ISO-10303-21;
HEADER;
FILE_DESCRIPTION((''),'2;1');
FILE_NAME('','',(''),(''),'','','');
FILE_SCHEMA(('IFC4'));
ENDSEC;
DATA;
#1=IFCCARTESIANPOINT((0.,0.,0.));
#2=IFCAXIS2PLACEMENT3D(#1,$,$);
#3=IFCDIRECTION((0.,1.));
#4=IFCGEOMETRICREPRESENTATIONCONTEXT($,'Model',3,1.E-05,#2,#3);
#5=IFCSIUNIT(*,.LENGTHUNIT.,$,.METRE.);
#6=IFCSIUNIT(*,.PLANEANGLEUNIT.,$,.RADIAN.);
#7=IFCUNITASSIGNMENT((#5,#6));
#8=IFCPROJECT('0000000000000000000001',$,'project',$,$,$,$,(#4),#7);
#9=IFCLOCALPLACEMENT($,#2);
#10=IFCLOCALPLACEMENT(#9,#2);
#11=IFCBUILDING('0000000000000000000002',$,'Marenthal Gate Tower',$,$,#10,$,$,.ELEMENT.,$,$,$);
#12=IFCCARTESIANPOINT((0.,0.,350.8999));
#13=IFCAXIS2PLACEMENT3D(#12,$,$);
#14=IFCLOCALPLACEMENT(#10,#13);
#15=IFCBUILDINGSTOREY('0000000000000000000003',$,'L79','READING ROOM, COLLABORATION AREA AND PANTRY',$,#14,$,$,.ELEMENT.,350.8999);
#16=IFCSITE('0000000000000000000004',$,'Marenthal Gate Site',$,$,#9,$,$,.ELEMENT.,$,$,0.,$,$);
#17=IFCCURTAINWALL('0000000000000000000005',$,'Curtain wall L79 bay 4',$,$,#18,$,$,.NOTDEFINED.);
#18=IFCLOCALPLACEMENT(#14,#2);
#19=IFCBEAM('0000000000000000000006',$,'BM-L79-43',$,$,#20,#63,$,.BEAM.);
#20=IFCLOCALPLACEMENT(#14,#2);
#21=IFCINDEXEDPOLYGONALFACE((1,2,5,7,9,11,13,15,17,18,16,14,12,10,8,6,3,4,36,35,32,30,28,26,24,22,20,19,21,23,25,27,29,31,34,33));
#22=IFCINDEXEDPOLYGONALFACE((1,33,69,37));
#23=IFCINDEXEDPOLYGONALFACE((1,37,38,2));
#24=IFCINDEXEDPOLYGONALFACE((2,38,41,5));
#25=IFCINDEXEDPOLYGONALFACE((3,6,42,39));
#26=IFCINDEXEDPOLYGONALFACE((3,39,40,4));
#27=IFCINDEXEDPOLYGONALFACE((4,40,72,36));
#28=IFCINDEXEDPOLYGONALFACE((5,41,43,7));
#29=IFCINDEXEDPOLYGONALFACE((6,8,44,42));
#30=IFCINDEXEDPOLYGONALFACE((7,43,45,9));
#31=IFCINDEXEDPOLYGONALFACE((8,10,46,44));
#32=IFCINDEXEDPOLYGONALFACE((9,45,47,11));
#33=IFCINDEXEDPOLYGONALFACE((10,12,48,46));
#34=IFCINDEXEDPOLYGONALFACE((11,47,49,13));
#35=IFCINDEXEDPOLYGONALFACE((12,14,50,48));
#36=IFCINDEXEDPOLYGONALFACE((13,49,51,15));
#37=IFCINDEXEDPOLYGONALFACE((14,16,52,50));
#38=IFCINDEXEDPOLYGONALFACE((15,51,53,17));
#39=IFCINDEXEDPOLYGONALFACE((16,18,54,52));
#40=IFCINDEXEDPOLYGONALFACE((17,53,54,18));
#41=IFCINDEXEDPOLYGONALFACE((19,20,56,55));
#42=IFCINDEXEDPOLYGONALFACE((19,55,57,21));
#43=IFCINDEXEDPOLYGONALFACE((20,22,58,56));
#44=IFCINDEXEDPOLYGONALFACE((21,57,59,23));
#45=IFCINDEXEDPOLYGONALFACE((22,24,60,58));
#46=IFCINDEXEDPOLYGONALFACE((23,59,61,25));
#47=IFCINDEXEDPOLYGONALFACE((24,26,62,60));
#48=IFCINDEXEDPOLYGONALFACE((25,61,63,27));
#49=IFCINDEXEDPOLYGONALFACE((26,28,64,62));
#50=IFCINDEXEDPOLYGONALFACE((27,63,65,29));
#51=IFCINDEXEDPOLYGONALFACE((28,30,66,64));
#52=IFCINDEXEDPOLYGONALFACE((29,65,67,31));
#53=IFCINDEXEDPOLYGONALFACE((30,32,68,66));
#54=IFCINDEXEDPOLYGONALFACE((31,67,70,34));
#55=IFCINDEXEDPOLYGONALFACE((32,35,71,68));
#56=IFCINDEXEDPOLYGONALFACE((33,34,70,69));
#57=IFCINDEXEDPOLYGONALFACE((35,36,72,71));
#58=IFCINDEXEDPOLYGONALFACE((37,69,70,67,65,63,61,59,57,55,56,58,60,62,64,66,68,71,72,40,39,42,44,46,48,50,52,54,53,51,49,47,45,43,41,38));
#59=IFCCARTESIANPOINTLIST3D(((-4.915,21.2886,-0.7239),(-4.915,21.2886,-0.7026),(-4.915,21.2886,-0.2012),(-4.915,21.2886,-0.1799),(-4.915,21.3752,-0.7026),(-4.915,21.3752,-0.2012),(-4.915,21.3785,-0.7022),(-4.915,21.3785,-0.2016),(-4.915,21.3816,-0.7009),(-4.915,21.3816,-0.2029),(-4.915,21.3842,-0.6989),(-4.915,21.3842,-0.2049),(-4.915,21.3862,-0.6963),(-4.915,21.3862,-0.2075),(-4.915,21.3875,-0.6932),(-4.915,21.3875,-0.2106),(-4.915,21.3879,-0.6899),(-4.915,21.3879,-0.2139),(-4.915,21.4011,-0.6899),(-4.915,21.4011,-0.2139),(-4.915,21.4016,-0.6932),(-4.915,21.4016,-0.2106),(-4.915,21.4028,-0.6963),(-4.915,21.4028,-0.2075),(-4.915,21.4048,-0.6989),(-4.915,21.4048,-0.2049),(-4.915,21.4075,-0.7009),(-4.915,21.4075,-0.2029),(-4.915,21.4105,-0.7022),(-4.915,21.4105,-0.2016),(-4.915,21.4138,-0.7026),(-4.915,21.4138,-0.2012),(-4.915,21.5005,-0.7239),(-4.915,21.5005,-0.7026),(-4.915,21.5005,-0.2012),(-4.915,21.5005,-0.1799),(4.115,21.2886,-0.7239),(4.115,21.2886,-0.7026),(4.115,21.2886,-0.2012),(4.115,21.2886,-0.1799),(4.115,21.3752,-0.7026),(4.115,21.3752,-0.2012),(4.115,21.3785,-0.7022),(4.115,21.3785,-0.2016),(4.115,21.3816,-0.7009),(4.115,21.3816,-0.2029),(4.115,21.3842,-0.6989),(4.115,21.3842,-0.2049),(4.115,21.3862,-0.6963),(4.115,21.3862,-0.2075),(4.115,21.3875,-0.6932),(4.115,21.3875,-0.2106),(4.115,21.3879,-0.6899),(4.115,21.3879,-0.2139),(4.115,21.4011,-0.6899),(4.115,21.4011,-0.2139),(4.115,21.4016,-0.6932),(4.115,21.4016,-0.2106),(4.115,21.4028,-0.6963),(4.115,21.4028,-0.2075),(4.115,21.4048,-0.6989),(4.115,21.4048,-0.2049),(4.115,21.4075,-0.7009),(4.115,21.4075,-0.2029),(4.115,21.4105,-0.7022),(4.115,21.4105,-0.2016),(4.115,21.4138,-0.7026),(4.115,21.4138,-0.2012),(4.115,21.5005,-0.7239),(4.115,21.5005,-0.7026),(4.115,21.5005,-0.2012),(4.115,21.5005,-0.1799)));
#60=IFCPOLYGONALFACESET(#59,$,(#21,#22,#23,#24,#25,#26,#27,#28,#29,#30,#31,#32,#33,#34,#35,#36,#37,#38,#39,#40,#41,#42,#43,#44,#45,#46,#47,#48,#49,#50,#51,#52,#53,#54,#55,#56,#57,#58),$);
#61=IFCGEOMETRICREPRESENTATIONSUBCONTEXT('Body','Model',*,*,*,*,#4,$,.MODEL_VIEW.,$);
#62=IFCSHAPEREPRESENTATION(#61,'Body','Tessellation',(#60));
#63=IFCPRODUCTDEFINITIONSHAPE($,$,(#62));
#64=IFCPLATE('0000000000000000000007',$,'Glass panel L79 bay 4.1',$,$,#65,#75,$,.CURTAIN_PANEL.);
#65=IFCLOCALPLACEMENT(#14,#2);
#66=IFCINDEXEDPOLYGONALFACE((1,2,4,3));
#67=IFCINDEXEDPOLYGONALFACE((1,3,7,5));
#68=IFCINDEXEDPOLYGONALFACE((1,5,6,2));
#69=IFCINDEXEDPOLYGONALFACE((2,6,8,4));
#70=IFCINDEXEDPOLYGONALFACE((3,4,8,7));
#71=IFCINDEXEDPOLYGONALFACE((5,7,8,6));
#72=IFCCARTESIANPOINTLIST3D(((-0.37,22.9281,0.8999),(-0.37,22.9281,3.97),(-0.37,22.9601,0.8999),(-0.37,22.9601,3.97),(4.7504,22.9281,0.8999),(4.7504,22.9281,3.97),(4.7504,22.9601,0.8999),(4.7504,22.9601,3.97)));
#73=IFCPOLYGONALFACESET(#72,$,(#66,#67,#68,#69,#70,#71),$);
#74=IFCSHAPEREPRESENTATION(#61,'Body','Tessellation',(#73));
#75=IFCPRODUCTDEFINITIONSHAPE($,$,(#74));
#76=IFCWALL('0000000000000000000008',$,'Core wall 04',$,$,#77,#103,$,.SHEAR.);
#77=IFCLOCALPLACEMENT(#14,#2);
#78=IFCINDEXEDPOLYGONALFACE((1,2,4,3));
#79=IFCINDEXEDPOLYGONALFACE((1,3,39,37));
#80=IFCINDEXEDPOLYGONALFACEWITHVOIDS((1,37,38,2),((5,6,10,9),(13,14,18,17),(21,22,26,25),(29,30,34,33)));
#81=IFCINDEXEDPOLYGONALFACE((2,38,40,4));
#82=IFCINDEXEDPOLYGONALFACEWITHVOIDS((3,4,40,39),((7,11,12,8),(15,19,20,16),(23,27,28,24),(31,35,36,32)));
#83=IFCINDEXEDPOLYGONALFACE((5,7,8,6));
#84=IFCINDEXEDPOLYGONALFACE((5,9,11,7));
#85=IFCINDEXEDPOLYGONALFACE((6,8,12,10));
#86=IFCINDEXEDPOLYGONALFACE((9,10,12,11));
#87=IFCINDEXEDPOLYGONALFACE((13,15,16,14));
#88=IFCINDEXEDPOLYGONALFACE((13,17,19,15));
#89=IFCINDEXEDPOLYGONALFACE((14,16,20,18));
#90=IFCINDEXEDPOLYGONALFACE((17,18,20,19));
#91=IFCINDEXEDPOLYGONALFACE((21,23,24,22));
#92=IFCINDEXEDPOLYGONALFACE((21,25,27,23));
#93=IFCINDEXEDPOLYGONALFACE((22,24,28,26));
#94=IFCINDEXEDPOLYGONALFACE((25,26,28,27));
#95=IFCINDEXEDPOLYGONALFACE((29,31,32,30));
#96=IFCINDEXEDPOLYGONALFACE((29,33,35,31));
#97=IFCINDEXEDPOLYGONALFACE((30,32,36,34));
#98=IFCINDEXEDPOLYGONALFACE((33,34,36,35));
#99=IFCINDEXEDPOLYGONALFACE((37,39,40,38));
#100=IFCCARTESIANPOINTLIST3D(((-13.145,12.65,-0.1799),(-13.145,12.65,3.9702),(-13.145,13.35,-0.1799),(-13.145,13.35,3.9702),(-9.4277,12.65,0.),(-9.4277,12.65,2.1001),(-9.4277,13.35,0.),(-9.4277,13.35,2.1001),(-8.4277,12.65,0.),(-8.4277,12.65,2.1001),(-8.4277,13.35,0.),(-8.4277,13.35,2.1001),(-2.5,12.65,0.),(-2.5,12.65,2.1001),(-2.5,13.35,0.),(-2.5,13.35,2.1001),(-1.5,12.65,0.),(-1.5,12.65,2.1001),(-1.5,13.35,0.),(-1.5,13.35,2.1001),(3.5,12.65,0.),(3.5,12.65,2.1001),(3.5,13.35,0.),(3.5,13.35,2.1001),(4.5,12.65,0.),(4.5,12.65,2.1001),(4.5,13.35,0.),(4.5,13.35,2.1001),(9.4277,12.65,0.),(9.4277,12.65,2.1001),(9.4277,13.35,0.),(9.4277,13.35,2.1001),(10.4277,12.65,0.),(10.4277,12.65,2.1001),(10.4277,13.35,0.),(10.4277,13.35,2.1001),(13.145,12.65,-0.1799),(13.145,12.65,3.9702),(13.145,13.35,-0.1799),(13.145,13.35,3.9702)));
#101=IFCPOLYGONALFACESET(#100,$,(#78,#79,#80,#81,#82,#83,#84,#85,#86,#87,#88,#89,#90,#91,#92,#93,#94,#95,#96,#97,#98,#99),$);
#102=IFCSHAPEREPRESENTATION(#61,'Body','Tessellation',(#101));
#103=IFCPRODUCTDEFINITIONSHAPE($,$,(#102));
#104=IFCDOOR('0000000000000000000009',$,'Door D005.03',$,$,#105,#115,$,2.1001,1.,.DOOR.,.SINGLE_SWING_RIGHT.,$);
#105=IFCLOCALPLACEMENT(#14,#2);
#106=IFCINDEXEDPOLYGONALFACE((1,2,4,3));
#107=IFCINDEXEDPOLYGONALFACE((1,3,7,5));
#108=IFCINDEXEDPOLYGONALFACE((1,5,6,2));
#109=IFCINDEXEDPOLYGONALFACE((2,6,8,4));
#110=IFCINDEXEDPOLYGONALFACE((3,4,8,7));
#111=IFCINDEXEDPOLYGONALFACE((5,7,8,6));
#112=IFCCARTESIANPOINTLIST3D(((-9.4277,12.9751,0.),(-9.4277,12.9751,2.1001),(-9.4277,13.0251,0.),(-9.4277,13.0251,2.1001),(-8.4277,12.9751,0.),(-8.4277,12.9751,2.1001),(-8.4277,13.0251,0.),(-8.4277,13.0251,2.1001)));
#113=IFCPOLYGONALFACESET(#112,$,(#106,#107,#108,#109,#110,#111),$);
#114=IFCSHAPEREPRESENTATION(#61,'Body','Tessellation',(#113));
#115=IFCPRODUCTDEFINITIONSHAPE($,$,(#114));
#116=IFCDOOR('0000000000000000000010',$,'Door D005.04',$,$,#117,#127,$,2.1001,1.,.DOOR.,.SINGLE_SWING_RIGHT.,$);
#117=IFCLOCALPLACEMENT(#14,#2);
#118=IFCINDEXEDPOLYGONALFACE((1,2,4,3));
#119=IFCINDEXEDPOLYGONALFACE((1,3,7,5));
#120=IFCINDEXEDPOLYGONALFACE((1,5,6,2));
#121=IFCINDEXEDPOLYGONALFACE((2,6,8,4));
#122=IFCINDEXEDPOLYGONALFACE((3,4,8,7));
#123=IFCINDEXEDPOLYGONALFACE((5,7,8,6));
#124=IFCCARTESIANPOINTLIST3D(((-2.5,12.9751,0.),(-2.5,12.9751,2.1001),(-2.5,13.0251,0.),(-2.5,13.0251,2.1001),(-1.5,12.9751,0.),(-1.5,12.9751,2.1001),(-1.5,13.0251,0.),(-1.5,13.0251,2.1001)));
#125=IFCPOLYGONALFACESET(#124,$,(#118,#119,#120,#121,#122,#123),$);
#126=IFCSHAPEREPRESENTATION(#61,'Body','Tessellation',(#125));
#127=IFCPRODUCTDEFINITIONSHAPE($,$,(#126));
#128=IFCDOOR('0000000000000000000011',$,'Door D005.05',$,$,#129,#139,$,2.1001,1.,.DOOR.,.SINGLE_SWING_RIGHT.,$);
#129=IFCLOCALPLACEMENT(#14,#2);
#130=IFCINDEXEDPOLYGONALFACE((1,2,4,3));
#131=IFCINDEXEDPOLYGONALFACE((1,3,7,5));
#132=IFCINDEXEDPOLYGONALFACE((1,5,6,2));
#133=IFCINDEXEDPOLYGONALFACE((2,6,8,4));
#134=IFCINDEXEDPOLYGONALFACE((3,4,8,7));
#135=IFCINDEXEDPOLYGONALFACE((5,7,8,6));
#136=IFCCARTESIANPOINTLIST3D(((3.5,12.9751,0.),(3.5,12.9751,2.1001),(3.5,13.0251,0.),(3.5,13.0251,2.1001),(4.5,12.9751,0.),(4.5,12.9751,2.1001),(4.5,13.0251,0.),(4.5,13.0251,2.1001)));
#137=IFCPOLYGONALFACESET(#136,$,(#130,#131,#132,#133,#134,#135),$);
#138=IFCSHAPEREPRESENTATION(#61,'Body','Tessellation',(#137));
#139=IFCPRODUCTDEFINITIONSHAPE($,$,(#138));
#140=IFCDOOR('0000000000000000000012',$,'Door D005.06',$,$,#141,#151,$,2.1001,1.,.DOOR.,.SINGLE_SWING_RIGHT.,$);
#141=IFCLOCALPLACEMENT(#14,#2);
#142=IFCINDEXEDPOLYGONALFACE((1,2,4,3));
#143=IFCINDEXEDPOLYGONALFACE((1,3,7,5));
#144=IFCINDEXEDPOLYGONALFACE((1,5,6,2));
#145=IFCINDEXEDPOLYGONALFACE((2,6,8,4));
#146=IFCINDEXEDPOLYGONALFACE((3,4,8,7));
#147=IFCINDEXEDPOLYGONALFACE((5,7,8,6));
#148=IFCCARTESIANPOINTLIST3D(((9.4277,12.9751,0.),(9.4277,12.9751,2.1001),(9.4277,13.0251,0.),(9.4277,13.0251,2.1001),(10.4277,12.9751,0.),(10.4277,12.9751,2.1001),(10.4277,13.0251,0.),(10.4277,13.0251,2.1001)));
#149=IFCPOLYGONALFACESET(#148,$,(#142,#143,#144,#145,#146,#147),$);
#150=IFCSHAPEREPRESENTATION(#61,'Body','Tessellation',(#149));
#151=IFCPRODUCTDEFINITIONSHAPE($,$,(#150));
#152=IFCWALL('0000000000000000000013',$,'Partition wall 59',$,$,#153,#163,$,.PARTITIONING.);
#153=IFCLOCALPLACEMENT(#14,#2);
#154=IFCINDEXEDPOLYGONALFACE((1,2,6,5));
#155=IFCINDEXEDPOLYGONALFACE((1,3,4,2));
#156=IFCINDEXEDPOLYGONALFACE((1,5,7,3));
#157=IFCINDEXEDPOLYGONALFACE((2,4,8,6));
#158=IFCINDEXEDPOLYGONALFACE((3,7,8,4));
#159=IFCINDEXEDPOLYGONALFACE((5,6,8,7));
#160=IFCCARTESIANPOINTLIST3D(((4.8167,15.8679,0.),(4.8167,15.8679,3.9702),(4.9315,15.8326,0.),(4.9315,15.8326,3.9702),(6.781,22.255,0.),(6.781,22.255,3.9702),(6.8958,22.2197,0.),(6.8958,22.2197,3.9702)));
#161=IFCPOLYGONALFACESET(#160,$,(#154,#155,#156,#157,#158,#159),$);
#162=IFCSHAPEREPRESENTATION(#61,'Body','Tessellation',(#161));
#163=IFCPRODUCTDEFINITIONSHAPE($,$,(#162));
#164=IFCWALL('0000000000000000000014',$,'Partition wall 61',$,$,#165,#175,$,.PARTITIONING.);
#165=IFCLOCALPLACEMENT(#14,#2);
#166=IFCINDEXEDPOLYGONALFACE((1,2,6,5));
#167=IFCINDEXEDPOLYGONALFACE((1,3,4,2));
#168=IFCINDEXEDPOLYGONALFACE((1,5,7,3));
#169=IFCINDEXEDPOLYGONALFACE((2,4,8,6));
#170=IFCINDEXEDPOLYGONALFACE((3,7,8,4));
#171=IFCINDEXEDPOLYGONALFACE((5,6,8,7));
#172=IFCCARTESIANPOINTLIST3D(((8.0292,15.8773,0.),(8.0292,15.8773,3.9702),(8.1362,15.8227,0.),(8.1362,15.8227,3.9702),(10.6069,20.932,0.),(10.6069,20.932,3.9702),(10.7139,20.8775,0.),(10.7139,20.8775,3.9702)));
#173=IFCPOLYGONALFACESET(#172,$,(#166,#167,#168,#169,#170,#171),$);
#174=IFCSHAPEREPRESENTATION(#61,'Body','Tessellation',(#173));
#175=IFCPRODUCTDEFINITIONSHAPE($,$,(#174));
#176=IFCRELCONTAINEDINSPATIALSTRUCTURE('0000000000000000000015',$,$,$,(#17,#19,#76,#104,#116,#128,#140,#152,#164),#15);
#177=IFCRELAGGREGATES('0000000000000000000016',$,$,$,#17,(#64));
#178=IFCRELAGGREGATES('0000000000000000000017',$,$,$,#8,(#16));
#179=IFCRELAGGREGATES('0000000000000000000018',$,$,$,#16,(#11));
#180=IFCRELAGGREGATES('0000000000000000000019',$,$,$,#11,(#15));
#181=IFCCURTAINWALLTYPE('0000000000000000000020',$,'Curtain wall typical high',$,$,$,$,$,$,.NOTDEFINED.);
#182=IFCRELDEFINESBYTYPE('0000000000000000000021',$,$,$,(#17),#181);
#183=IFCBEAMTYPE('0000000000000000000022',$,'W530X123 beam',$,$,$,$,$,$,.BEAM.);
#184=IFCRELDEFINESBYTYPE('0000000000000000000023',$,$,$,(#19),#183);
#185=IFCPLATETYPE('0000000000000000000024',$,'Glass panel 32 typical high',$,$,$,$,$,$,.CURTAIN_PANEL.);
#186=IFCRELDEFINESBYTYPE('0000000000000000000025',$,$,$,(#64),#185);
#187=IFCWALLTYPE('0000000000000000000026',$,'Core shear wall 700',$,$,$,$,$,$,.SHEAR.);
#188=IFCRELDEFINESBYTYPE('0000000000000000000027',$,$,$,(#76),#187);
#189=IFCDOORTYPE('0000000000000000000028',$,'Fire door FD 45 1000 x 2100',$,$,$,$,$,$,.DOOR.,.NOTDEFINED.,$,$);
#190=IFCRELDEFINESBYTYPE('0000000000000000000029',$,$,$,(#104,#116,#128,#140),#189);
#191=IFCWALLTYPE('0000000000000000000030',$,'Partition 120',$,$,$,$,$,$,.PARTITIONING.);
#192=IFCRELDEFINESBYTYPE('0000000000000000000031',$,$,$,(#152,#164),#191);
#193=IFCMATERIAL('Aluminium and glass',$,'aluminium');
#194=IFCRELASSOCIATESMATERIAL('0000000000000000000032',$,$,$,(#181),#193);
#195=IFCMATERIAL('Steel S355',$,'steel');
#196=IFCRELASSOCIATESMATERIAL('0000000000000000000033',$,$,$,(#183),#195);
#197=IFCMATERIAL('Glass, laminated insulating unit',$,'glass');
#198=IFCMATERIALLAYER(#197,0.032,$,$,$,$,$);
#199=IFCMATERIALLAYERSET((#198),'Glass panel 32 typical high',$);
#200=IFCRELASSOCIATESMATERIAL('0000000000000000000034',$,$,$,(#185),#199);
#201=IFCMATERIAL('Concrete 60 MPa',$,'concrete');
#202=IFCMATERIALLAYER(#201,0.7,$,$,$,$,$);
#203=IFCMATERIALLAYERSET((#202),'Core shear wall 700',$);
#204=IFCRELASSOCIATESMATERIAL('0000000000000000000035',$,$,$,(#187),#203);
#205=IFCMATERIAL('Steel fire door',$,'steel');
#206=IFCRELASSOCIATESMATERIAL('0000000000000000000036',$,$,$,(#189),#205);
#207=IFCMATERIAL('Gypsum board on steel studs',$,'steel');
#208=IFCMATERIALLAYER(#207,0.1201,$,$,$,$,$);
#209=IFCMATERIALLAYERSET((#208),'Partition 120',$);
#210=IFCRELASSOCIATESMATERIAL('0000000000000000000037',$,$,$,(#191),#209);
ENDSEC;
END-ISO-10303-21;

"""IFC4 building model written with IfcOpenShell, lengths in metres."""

from ifc_helpers import new_model, si_unit, direction, frame, frame_2d, origin, origin_2d, place, context, subcontext, project, spatial, rectangle, i_section, extrude, material, layer, layer_set, material_profile, profile_set, type_object, element, fill, aggregate, save


model = new_model("IFC4")

# Units and contexts
model_context = context("Model", 3, precision=1e-05, world=origin(), true_north=direction((0.0, 1.0)))
body_context = subcontext(model_context, "Body", "Model", "MODEL_VIEW")
ifc_project = project(units=[si_unit("LENGTHUNIT", "METRE"), si_unit("PLANEANGLEUNIT", "RADIAN")], contexts=[model_context])

# Site, building, storey
site_placement = place(None, origin())
site = spatial("IfcSite", under=ifc_project, at=site_placement, Name="Marenthal Gate Site", CompositionType="ELEMENT", RefElevation=0.0)
building_placement = place(site_placement, origin())
building = spatial("IfcBuilding", under=site, at=building_placement, Name="Marenthal Gate Tower", CompositionType="ELEMENT")
storey_placement = place(building_placement, frame((0.0, 0.0, 350.8999)))
storey = spatial("IfcBuildingStorey", under=building, at=storey_placement, Name="L79", Description="READING ROOM, COLLABORATION AREA AND PANTRY", CompositionType="ELEMENT", Elevation=350.8999)

# Curtain wall
ifc_material_1 = material(Name="Aluminium and glass", Category="aluminium")
curtain_wall_type = type_object("IfcCurtainWallType", Name="Curtain wall typical high", PredefinedType="NOTDEFINED", material=ifc_material_1)
curtain_wall_placement = place(storey_placement, origin())
curtain_wall = element("IfcCurtainWall", 1, at=curtain_wall_placement, inside=storey, type_object=curtain_wall_type, Name="Curtain wall L79 bay 4", PredefinedType="NOTDEFINED")

# Beam
ifc_material_2 = material(Name="Steel S355", Category="steel")
ifc_material_profile_1 = material_profile(ifc_material_2, i_section(OverallWidth=0.2119, OverallDepth=0.5439, WebThickness=0.0132, FlangeThickness=0.0212, FilletRadius=0.0127, at=origin_2d()), Name="W530X123")
ifc_profile_set_1 = profile_set([ifc_material_profile_1], Name="Steel S355")
beam_type_1 = type_object("IfcBeamType", Name="W530X123 beam", PredefinedType="BEAM", material=ifc_profile_set_1)
beam_1_placement = place(storey_placement, frame((4.115, 21.3945, -0.4519), z_axis=(-1.0, 0.0, 0.0), x_axis=(0.0, -1.0, 0.0)))
element("IfcBeam", 2, at=beam_1_placement, inside=storey, type_object=beam_type_1, Name="BM-L79-43", PredefinedType="BEAM", context=body_context, shape_type="SweptSolid", body=[
    extrude(i_section(OverallWidth=0.2119, OverallDepth=0.5439, WebThickness=0.0132, FlangeThickness=0.0212, FilletRadius=0.0127, at=origin_2d()), origin(), (0.0, 0.0, 1.0), 9.03),
])

# Plate
ifc_material_3 = material(Name="Glass, laminated insulating unit", Category="glass")
ifc_layer_1 = layer(ifc_material_3, 0.032)
ifc_layer_set_1 = layer_set([ifc_layer_1], Name="Glass panel 32 typical high")
plate_type = type_object("IfcPlateType", Name="Glass panel 32 typical high", PredefinedType="CURTAIN_PANEL", material=ifc_layer_set_1)
plate_placement = place(storey_placement, frame((2.1902, 22.9441, 0.8999), z_axis=(0.0, 0.0, 1.0), x_axis=(-1.0, 0.0, 0.0)))
plate = element("IfcPlate", 3, at=plate_placement, type_object=plate_type, Name="Glass panel L79 bay 4.1", PredefinedType="CURTAIN_PANEL", context=body_context, shape_type="SweptSolid", body=[
    extrude(rectangle(XDim=5.1204, YDim=0.032, at=origin_2d()), origin(), (0.0, 0.0, 1.0), 3.0701),
])
aggregate(curtain_wall, [plate])

# Wall, openings, doors
ifc_material_4 = material(Name="Concrete 60 MPa", Category="concrete")
ifc_layer_2 = layer(ifc_material_4, 0.7)
ifc_layer_set_2 = layer_set([ifc_layer_2], Name="Core shear wall 700")
wall_type_1 = type_object("IfcWallType", Name="Core shear wall 700", PredefinedType="SHEAR", material=ifc_layer_set_2)
wall_1_placement = place(storey_placement, frame((13.145, 13.0, -0.1799), z_axis=(0.0, 0.0, 1.0), x_axis=(-1.0, 0.0, 0.0)))
wall_1 = element("IfcWall", 4, at=wall_1_placement, inside=storey, type_object=wall_type_1, Name="Core wall 04", PredefinedType="SHEAR", context=body_context, shape_type="SweptSolid", body=[
    extrude(rectangle(XDim=26.29, YDim=0.7, at=frame_2d((13.145, 0.0))), origin(), (0.0, 0.0, 1.0), 4.1501),
])
opening_1_placement = place(wall_1_placement, frame((21.5728, 0.0, 0.1799)))
opening_1 = element("IfcOpeningElement", 5, at=opening_1_placement, cuts=wall_1, PredefinedType="OPENING", context=body_context, shape_type="SweptSolid", body=[
    extrude(rectangle(XDim=1.0, YDim=2.1001, at=frame_2d((0.5, 1.05))), frame((0.0, 0.3599, 0.0), z_axis=(0.0, -1.0, 0.0), x_axis=(1.0, 0.0, 0.0)), (0.0, 0.0, 1.0), 0.72),
])
opening_2_placement = place(wall_1_placement, frame((14.645, 0.0, 0.1799)))
opening_2 = element("IfcOpeningElement", 6, at=opening_2_placement, cuts=wall_1, PredefinedType="OPENING", context=body_context, shape_type="SweptSolid", body=[
    extrude(rectangle(XDim=1.0, YDim=2.1001, at=frame_2d((0.5, 1.05))), frame((0.0, 0.3599, 0.0), z_axis=(0.0, -1.0, 0.0), x_axis=(1.0, 0.0, 0.0)), (0.0, 0.0, 1.0), 0.72),
])
opening_3_placement = place(wall_1_placement, frame((8.645, 0.0, 0.1799)))
opening_3 = element("IfcOpeningElement", 7, at=opening_3_placement, cuts=wall_1, PredefinedType="OPENING", context=body_context, shape_type="SweptSolid", body=[
    extrude(rectangle(XDim=1.0, YDim=2.1001, at=frame_2d((0.5, 1.05))), frame((0.0, 0.3599, 0.0), z_axis=(0.0, -1.0, 0.0), x_axis=(1.0, 0.0, 0.0)), (0.0, 0.0, 1.0), 0.72),
])
opening_4_placement = place(wall_1_placement, frame((2.7173, 0.0, 0.1799)))
opening_4 = element("IfcOpeningElement", 8, at=opening_4_placement, cuts=wall_1, PredefinedType="OPENING", context=body_context, shape_type="SweptSolid", body=[
    extrude(rectangle(XDim=1.0, YDim=2.1001, at=frame_2d((0.5, 1.05))), frame((0.0, 0.3599, 0.0), z_axis=(0.0, -1.0, 0.0), x_axis=(1.0, 0.0, 0.0)), (0.0, 0.0, 1.0), 0.72),
])
ifc_material_5 = material(Name="Steel fire door", Category="steel")
door_type = type_object("IfcDoorType", Name="Fire door FD 45 1000 x 2100", OperationType="NOTDEFINED", PredefinedType="DOOR", material=ifc_material_5)
door_1_placement = place(opening_1_placement, origin())
door_1 = element("IfcDoor", 9, at=door_1_placement, inside=storey, type_object=door_type, Name="Door D005.03", OperationType="SINGLE_SWING_RIGHT", OverallHeight=2.1001, OverallWidth=1.0, PredefinedType="DOOR", context=body_context, shape_type="SweptSolid", body=[
    extrude(rectangle(XDim=1.0, YDim=2.1001, at=frame_2d((0.5, 1.05))), frame((0.0, 0.0249, 0.0), z_axis=(0.0, -1.0, 0.0), x_axis=(1.0, 0.0, 0.0)), (0.0, 0.0, 1.0), 0.05),
])
fill(opening_1, door_1)
door_2_placement = place(opening_2_placement, origin())
door_2 = element("IfcDoor", 10, at=door_2_placement, inside=storey, type_object=door_type, Name="Door D005.04", OperationType="SINGLE_SWING_RIGHT", OverallHeight=2.1001, OverallWidth=1.0, PredefinedType="DOOR", context=body_context, shape_type="SweptSolid", body=[
    extrude(rectangle(XDim=1.0, YDim=2.1001, at=frame_2d((0.5, 1.05))), frame((0.0, 0.0249, 0.0), z_axis=(0.0, -1.0, 0.0), x_axis=(1.0, 0.0, 0.0)), (0.0, 0.0, 1.0), 0.05),
])
fill(opening_2, door_2)
door_3_placement = place(opening_3_placement, origin())
door_3 = element("IfcDoor", 11, at=door_3_placement, inside=storey, type_object=door_type, Name="Door D005.05", OperationType="SINGLE_SWING_RIGHT", OverallHeight=2.1001, OverallWidth=1.0, PredefinedType="DOOR", context=body_context, shape_type="SweptSolid", body=[
    extrude(rectangle(XDim=1.0, YDim=2.1001, at=frame_2d((0.5, 1.05))), frame((0.0, 0.0249, 0.0), z_axis=(0.0, -1.0, 0.0), x_axis=(1.0, 0.0, 0.0)), (0.0, 0.0, 1.0), 0.05),
])
fill(opening_3, door_3)
door_4_placement = place(opening_4_placement, origin())
door_4 = element("IfcDoor", 12, at=door_4_placement, inside=storey, type_object=door_type, Name="Door D005.06", OperationType="SINGLE_SWING_RIGHT", OverallHeight=2.1001, OverallWidth=1.0, PredefinedType="DOOR", context=body_context, shape_type="SweptSolid", body=[
    extrude(rectangle(XDim=1.0, YDim=2.1001, at=frame_2d((0.5, 1.05))), frame((0.0, 0.0249, 0.0), z_axis=(0.0, -1.0, 0.0), x_axis=(1.0, 0.0, 0.0)), (0.0, 0.0, 1.0), 0.05),
])
fill(opening_4, door_4)

# Walls
ifc_material_6 = material(Name="Gypsum board on steel studs", Category="steel")
ifc_layer_3 = layer(ifc_material_6, 0.1201)
ifc_layer_set_3 = layer_set([ifc_layer_3], Name="Partition 120")
wall_type_2 = type_object("IfcWallType", Name="Partition 120", PredefinedType="PARTITIONING", material=ifc_layer_set_3)
wall_2_placement = place(storey_placement, frame((4.874, 15.8501, 0.0), z_axis=(0.0, 0.0, 1.0), x_axis=(0.293957, 0.955818, 0.0)))
element("IfcWall", 13, at=wall_2_placement, inside=storey, type_object=wall_type_2, Name="Partition wall 59", PredefinedType="PARTITIONING", context=body_context, shape_type="SweptSolid", body=[
    extrude(rectangle(XDim=6.6824, YDim=0.1201, at=frame_2d((3.3413, 0.0))), origin(), (0.0, 0.0, 1.0), 3.9702),
])
wall_3_placement = place(storey_placement, frame((8.0828, 15.8501, 0.0), z_axis=(0.0, 0.0, 1.0), x_axis=(0.454291, 0.890854, 0.0)))
element("IfcWall", 14, at=wall_3_placement, inside=storey, type_object=wall_type_2, Name="Partition wall 61", PredefinedType="PARTITIONING", context=body_context, shape_type="SweptSolid", body=[
    extrude(rectangle(XDim=5.6741, YDim=0.1201, at=frame_2d((2.8369, 0.0))), origin(), (0.0, 0.0, 1.0), 3.9702),
])

save(model, "model.ifc")
